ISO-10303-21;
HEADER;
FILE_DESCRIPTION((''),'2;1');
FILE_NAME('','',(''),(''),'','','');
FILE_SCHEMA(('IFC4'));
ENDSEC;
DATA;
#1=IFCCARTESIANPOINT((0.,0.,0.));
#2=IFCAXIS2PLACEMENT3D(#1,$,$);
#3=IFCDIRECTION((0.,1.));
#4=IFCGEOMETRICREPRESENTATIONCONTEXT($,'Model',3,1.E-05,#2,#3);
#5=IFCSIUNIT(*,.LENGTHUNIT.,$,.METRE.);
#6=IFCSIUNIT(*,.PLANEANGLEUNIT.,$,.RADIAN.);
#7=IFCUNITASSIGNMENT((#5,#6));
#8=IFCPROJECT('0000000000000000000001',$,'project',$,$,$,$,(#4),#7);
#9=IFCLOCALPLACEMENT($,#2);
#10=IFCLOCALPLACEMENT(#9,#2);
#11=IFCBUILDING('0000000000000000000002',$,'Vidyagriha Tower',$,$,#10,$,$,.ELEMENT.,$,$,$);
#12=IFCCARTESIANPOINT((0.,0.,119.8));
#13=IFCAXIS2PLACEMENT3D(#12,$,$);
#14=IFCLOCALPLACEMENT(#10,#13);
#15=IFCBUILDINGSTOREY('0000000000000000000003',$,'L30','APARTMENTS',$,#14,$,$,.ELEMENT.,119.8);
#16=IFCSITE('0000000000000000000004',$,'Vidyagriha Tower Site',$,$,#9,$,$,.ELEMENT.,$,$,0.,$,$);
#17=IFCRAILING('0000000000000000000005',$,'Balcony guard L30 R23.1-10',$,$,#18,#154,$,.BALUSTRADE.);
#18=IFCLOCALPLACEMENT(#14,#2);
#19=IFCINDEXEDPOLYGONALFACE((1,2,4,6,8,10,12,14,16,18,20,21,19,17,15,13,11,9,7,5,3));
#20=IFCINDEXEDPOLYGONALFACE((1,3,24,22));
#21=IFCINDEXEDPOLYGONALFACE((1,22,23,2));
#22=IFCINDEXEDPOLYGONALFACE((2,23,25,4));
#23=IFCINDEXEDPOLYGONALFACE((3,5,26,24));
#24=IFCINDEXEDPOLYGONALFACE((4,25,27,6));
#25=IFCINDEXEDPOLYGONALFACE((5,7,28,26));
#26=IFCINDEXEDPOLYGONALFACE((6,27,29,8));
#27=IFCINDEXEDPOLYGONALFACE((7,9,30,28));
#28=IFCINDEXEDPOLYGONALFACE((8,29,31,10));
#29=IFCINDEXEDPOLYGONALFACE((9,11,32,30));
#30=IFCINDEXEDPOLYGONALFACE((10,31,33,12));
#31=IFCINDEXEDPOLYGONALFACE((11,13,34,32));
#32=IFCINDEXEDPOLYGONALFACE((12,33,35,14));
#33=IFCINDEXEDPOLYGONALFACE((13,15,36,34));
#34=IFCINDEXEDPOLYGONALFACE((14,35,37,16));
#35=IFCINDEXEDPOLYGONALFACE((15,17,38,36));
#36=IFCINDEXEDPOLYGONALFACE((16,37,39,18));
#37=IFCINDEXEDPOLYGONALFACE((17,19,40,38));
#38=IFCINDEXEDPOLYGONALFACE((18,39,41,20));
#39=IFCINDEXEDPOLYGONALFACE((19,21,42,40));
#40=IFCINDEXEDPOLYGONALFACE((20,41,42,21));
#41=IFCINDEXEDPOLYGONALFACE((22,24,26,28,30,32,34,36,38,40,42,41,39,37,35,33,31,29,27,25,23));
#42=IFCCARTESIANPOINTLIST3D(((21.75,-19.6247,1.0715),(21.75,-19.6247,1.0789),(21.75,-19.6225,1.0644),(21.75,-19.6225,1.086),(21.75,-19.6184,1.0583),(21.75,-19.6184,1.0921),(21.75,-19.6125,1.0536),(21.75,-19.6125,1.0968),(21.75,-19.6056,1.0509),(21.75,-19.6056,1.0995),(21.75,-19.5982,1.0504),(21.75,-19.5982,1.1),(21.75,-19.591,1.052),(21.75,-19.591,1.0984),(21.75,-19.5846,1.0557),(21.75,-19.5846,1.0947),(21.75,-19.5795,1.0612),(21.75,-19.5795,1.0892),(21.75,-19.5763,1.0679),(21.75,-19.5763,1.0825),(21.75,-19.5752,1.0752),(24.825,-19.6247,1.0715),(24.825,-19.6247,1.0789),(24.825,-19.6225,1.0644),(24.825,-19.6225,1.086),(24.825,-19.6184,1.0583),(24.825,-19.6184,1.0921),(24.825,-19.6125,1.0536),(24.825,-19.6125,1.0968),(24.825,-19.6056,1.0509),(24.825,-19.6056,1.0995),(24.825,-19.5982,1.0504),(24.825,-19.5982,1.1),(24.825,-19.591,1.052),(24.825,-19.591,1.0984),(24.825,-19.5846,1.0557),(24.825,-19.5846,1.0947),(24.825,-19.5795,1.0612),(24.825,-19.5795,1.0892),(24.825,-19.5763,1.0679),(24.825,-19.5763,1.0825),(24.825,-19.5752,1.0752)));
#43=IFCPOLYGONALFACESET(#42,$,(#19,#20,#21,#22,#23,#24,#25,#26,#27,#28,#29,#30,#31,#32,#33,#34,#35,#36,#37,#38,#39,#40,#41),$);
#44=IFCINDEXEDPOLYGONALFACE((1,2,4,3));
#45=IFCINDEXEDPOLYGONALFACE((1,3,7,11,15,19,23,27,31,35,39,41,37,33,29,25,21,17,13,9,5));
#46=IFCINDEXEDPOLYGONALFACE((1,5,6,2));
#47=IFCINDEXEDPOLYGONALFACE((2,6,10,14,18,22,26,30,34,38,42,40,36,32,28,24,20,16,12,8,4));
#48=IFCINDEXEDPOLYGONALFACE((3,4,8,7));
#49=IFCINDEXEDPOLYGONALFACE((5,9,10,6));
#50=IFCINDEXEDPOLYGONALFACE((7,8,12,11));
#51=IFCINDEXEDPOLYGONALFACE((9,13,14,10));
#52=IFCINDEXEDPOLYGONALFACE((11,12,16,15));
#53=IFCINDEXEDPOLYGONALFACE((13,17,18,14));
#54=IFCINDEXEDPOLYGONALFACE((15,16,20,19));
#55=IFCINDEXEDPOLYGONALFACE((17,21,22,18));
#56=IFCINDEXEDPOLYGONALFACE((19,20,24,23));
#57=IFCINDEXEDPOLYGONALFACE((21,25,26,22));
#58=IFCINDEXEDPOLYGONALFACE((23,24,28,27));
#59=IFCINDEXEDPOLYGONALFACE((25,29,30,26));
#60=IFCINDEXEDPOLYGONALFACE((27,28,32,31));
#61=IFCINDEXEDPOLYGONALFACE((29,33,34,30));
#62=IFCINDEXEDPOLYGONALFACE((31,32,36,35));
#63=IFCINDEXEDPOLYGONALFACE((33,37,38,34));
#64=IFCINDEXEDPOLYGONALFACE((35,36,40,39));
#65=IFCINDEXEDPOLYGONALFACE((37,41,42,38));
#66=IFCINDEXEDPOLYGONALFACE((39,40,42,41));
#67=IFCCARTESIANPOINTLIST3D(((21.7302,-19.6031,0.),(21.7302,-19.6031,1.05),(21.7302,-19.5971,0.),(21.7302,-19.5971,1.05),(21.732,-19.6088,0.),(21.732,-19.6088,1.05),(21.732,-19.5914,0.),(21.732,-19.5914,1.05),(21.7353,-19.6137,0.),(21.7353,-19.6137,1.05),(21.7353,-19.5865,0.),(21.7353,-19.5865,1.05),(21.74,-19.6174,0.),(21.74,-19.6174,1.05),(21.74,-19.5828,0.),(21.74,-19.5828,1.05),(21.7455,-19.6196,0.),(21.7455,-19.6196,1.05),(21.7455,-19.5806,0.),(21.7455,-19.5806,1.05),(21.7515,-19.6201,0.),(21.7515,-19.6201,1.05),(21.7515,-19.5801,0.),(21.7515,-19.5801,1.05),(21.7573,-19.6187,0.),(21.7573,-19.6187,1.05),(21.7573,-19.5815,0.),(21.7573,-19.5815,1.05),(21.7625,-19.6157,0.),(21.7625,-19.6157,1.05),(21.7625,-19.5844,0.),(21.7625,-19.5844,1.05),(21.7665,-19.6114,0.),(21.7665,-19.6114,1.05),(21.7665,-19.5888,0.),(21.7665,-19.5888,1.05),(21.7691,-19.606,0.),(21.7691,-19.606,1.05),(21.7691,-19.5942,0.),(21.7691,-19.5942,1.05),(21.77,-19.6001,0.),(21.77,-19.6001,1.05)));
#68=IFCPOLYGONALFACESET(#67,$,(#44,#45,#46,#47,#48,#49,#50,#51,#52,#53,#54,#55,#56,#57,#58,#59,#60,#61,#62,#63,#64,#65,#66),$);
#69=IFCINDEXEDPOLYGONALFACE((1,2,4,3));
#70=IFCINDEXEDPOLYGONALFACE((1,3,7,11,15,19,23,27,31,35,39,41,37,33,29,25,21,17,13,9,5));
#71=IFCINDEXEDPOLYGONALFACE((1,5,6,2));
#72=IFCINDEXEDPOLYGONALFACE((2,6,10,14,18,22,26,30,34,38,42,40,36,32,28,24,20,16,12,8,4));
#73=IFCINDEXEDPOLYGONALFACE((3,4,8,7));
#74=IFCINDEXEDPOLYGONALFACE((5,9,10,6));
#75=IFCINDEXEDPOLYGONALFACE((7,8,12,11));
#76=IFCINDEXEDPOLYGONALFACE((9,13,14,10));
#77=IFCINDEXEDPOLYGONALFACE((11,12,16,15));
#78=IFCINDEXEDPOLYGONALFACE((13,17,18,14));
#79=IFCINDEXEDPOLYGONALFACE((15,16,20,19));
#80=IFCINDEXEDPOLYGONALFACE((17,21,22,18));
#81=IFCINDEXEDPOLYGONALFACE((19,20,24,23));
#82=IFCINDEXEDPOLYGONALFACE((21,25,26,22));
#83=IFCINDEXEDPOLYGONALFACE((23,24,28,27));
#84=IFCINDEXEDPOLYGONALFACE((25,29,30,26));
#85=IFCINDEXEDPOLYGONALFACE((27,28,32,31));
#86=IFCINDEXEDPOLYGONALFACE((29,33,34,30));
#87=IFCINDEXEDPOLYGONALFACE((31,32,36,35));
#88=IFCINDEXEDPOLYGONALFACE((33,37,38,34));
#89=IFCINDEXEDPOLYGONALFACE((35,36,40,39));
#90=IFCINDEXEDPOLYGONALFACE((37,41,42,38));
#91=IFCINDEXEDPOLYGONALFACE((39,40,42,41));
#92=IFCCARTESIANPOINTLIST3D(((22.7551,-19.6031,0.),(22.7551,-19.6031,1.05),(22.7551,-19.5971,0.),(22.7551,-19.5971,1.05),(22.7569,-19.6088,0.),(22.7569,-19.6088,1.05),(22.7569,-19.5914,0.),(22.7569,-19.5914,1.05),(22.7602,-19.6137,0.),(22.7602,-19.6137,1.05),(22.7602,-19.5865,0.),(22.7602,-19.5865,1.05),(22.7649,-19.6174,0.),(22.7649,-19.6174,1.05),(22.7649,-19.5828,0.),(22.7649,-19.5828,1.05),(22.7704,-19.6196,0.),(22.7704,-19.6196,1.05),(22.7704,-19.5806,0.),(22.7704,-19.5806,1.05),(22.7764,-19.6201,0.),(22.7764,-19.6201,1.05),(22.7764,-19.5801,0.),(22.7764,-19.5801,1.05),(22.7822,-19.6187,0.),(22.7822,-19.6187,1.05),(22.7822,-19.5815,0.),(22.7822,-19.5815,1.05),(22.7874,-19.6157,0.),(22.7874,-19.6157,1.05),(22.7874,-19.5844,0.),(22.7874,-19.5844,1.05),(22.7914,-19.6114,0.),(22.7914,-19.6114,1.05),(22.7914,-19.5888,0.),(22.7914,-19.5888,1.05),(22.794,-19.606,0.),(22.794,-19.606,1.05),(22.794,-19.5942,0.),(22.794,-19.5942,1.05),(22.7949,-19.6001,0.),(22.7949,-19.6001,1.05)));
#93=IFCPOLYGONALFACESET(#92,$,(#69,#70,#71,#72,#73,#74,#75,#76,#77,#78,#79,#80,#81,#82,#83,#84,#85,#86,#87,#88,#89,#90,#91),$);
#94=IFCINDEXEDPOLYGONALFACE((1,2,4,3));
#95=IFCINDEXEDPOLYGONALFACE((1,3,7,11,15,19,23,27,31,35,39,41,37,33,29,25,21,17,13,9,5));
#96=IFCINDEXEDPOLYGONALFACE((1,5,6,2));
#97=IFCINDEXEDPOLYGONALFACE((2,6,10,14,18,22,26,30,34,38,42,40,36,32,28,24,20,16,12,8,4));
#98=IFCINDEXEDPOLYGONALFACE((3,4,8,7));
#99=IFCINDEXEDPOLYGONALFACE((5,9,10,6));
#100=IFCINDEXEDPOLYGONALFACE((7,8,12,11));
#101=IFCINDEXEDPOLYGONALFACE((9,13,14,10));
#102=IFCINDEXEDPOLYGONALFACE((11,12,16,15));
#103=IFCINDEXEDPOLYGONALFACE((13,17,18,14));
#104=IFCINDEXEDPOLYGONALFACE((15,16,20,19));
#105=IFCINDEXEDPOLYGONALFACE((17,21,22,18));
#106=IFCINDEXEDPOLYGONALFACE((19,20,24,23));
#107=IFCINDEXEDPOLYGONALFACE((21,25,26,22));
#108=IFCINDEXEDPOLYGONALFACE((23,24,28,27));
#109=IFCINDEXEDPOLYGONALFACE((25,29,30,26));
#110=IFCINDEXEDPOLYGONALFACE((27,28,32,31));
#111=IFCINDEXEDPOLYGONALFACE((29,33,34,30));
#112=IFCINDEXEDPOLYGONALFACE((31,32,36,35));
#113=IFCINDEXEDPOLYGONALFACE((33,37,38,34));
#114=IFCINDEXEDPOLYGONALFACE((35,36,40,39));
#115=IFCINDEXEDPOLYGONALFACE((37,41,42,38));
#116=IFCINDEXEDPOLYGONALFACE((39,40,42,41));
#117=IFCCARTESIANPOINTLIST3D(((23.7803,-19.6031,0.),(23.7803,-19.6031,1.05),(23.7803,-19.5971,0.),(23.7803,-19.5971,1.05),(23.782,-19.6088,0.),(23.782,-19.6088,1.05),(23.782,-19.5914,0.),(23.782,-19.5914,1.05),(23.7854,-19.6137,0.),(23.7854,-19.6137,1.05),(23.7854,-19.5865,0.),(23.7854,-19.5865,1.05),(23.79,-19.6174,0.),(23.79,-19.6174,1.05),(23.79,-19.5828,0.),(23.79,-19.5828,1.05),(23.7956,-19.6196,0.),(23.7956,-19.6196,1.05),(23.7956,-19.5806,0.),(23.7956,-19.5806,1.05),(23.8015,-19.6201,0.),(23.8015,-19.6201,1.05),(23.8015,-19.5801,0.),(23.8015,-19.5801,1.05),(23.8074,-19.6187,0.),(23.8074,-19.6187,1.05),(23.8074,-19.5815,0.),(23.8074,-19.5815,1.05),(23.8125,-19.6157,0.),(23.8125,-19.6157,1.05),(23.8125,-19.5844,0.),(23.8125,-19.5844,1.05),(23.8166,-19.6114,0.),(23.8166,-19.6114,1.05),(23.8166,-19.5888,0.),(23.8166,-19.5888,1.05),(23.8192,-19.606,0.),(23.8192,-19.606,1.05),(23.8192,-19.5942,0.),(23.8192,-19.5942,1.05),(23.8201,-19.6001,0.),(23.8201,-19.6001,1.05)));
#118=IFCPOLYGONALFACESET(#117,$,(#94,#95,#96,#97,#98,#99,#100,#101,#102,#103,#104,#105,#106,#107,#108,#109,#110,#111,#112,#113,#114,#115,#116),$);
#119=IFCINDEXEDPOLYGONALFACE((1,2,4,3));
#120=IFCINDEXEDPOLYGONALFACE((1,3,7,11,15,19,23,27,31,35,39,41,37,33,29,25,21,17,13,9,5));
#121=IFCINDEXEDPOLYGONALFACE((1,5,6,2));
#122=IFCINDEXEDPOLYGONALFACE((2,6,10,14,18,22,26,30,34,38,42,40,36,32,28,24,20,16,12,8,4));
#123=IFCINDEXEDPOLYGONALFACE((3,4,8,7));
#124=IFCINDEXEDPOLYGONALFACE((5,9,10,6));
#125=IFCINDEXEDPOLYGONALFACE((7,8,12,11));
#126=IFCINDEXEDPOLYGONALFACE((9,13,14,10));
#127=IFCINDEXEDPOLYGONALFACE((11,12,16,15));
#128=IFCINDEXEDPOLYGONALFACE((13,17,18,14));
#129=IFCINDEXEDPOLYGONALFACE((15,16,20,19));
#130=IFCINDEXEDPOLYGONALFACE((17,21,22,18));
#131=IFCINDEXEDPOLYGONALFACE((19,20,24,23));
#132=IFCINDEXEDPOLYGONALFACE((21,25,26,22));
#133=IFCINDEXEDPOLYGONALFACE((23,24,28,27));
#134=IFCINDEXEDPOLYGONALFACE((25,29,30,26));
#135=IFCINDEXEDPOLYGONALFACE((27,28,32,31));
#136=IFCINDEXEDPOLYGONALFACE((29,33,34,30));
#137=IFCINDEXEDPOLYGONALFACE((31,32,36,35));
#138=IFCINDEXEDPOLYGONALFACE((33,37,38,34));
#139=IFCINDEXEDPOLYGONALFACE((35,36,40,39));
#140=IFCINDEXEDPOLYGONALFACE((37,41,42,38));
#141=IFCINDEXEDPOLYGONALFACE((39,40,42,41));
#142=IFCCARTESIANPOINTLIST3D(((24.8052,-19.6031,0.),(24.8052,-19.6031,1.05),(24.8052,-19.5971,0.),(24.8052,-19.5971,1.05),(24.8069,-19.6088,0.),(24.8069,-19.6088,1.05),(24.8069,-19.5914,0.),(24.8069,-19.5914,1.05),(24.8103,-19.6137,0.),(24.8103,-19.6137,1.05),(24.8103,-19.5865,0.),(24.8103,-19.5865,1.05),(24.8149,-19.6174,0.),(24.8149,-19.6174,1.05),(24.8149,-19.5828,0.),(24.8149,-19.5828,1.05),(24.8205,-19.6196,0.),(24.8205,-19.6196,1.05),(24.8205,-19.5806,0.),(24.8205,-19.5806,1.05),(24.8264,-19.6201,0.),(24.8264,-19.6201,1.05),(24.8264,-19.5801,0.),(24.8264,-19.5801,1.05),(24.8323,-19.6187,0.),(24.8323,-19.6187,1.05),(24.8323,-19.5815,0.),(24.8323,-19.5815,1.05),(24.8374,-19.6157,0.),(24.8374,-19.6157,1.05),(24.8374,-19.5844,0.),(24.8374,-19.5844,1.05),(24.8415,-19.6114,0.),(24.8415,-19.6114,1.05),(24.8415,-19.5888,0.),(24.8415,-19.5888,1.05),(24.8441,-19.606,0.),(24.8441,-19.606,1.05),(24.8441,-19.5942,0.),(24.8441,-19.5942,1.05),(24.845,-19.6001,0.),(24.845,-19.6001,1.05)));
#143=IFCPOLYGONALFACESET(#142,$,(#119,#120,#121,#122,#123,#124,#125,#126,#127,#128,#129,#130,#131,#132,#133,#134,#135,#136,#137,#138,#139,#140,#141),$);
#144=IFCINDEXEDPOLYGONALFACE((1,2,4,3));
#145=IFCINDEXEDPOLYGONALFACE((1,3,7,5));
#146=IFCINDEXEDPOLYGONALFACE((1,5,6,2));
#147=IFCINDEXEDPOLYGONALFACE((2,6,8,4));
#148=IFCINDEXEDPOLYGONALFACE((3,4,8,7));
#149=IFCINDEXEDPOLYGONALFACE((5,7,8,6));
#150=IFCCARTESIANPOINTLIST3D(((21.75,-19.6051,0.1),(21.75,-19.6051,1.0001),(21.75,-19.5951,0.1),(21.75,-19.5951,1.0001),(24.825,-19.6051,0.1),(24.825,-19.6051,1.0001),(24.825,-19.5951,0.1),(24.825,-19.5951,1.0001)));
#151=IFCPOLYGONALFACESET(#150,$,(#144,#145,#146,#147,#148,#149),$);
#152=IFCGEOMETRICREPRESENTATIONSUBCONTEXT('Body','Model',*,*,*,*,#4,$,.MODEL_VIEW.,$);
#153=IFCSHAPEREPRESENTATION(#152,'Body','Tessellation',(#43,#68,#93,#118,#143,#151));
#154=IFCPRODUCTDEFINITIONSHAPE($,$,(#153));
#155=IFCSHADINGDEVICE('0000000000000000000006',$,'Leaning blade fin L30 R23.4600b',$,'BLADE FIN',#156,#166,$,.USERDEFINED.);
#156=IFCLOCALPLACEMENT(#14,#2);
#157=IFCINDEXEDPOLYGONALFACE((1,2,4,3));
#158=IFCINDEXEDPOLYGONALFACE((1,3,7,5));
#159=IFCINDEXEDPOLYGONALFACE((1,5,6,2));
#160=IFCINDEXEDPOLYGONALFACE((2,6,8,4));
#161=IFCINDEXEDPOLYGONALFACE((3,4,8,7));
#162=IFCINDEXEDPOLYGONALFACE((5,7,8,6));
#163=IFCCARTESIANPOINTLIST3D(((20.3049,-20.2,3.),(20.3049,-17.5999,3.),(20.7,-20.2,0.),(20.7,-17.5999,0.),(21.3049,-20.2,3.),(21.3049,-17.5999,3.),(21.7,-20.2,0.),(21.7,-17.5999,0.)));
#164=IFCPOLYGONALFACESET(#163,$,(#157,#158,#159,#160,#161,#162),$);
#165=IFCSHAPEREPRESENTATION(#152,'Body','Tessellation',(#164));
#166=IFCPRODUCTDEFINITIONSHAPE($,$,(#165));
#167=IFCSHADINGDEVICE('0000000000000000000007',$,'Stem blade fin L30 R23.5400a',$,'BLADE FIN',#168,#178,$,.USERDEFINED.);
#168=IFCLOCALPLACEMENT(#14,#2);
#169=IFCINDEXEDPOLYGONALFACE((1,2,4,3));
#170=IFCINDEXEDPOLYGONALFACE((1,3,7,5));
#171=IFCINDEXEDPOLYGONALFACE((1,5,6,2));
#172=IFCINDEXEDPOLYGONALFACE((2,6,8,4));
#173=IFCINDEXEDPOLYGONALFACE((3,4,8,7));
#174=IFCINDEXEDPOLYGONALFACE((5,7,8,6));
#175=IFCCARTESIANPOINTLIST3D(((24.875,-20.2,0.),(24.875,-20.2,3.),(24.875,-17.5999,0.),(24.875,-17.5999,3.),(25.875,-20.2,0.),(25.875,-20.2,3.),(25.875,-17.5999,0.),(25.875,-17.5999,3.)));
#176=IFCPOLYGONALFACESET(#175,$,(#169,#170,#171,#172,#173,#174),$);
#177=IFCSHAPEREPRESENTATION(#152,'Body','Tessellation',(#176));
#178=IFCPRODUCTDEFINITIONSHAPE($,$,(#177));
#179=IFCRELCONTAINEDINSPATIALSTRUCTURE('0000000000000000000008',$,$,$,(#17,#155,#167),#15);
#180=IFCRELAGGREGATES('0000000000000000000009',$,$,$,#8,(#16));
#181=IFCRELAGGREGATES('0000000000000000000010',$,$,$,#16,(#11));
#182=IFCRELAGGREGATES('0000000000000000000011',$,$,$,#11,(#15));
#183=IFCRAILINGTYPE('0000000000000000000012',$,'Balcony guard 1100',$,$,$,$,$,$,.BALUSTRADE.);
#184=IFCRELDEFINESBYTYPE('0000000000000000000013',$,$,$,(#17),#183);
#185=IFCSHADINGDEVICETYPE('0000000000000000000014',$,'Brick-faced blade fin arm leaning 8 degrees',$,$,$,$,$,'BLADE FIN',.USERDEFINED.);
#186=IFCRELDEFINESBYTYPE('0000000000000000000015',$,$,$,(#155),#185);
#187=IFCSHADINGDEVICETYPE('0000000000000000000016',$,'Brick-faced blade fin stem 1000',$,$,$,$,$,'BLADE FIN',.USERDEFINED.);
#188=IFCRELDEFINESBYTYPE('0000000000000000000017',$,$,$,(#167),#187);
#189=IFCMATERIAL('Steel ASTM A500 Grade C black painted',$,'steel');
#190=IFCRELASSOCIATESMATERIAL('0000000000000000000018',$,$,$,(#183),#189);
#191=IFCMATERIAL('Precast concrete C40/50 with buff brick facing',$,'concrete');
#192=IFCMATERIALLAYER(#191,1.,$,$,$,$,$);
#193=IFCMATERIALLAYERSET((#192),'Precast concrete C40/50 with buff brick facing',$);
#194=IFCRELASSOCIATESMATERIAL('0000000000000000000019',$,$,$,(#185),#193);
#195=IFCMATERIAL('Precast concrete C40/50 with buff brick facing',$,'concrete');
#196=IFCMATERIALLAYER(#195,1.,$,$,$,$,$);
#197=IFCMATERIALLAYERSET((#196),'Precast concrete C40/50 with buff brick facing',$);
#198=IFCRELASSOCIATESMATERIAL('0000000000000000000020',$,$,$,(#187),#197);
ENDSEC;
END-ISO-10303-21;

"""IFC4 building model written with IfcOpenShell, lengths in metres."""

from ifc_helpers import new_model, si_unit, direction, frame, origin, origin_2d, place, context, subcontext, project, spatial, polyline, rectangle, circle, outline, extrude, material, layer, layer_set, type_object, element, save


model = new_model("IFC4")

# Units and contexts
model_context = context("Model", 3, precision=1e-05, world=origin(), true_north=direction((0.0, 1.0)))
body_context = subcontext(model_context, "Body", "Model", "MODEL_VIEW")
ifc_project = project(units=[si_unit("LENGTHUNIT", "METRE"), si_unit("PLANEANGLEUNIT", "RADIAN")], contexts=[model_context])

# Site, building, storey
site_placement = place(None, origin())
site = spatial("IfcSite", under=ifc_project, at=site_placement, Name="Vidyagriha Tower Site", CompositionType="ELEMENT", RefElevation=0.0)
building_placement = place(site_placement, origin())
building = spatial("IfcBuilding", under=site, at=building_placement, Name="Vidyagriha Tower", CompositionType="ELEMENT")
storey_placement = place(building_placement, frame((0.0, 0.0, 119.8)))
storey = spatial("IfcBuildingStorey", under=building, at=storey_placement, Name="L30", Description="APARTMENTS", CompositionType="ELEMENT", Elevation=119.8)

# Railing
ifc_material_1 = material(Name="Steel ASTM A500 Grade C black painted", Category="steel")
railing_type_1 = type_object("IfcRailingType", Name="Balcony guard 1100", PredefinedType="BALUSTRADE", material=ifc_material_1)
railing_1_placement = place(storey_placement, frame((21.75, -19.6001, 0.0)))
element("IfcRailing", 1, at=railing_1_placement, inside=storey, type_object=railing_type_1, Name="Balcony guard L30 R23.1-10", PredefinedType="BALUSTRADE", context=body_context, shape_type="SweptSolid", body=[
    extrude(circle(Radius=0.0249, at=origin_2d()), frame((0.0, 0.0, 1.0752), z_axis=(1.0, 0.0, 0.0), x_axis=(0.0, 1.0, 0.0)), (0.0, 0.0, 1.0), 3.075),
    extrude(circle(Radius=0.02, at=origin_2d()), origin(), (0.0, 0.0, 1.0), 1.05),
    extrude(circle(Radius=0.02, at=origin_2d()), frame((1.0249, 0.0, 0.0)), (0.0, 0.0, 1.0), 1.05),
    extrude(circle(Radius=0.02, at=origin_2d()), frame((2.05, 0.0, 0.0)), (0.0, 0.0, 1.0), 1.05),
    extrude(circle(Radius=0.02, at=origin_2d()), frame((3.075, 0.0, 0.0)), (0.0, 0.0, 1.0), 1.05),
    extrude(rectangle(XDim=0.01, YDim=0.9001, at=origin_2d()), frame((0.0, 0.0, 0.55), z_axis=(1.0, 0.0, 0.0), x_axis=(0.0, 1.0, 0.0)), (0.0, 0.0, 1.0), 3.075),
])

# Shading devices
ifc_material_2 = material(Name="Precast concrete C40/50 with buff brick facing", Category="concrete")
ifc_layer_1 = layer(ifc_material_2, 1.0)
ifc_layer_set_1 = layer_set([ifc_layer_1], Name="Precast concrete C40/50 with buff brick facing")
shading_device_type_1 = type_object("IfcShadingDeviceType", Name="Brick-faced blade fin arm leaning 8 degrees", ElementType="BLADE FIN", PredefinedType="USERDEFINED", material=ifc_layer_set_1)
shading_device_1_placement = place(storey_placement, frame((20.3049, -18.8999, 0.0)))
element("IfcShadingDevice", 2, at=shading_device_1_placement, inside=storey, type_object=shading_device_type_1, Name="Leaning blade fin L30 R23.4600b", ObjectType="BLADE FIN", PredefinedType="USERDEFINED", context=body_context, shape_type="SweptSolid", body=[
    extrude(outline(polyline([(0.395, 0.0), (1.395, 0.0), (1.0, 3.0), (0.0, 3.0), (0.395, 0.0)])), frame((0.0, 1.3, 0.0), z_axis=(0.0, -1.0, 0.0), x_axis=(1.0, 0.0, 0.0)), (0.0, 0.0, 1.0), 2.6001),
])
ifc_material_3 = material(Name="Precast concrete C40/50 with buff brick facing", Category="concrete")
ifc_layer_2 = layer(ifc_material_3, 1.0)
ifc_layer_set_2 = layer_set([ifc_layer_2], Name="Precast concrete C40/50 with buff brick facing")
shading_device_type_2 = type_object("IfcShadingDeviceType", Name="Brick-faced blade fin stem 1000", ElementType="BLADE FIN", PredefinedType="USERDEFINED", material=ifc_layer_set_2)
shading_device_2_placement = place(storey_placement, frame((24.875, -18.8999, 0.0)))
element("IfcShadingDevice", 3, at=shading_device_2_placement, inside=storey, type_object=shading_device_type_2, Name="Stem blade fin L30 R23.5400a", ObjectType="BLADE FIN", PredefinedType="USERDEFINED", context=body_context, shape_type="SweptSolid", body=[
    extrude(outline(polyline([(0.0, 0.0), (1.0, 0.0), (1.0, 3.0), (0.0, 3.0), (0.0, 0.0)])), frame((0.0, 1.3, 0.0), z_axis=(0.0, -1.0, 0.0), x_axis=(1.0, 0.0, 0.0)), (0.0, 0.0, 1.0), 2.6001),
])

save(model, "model.ifc")
